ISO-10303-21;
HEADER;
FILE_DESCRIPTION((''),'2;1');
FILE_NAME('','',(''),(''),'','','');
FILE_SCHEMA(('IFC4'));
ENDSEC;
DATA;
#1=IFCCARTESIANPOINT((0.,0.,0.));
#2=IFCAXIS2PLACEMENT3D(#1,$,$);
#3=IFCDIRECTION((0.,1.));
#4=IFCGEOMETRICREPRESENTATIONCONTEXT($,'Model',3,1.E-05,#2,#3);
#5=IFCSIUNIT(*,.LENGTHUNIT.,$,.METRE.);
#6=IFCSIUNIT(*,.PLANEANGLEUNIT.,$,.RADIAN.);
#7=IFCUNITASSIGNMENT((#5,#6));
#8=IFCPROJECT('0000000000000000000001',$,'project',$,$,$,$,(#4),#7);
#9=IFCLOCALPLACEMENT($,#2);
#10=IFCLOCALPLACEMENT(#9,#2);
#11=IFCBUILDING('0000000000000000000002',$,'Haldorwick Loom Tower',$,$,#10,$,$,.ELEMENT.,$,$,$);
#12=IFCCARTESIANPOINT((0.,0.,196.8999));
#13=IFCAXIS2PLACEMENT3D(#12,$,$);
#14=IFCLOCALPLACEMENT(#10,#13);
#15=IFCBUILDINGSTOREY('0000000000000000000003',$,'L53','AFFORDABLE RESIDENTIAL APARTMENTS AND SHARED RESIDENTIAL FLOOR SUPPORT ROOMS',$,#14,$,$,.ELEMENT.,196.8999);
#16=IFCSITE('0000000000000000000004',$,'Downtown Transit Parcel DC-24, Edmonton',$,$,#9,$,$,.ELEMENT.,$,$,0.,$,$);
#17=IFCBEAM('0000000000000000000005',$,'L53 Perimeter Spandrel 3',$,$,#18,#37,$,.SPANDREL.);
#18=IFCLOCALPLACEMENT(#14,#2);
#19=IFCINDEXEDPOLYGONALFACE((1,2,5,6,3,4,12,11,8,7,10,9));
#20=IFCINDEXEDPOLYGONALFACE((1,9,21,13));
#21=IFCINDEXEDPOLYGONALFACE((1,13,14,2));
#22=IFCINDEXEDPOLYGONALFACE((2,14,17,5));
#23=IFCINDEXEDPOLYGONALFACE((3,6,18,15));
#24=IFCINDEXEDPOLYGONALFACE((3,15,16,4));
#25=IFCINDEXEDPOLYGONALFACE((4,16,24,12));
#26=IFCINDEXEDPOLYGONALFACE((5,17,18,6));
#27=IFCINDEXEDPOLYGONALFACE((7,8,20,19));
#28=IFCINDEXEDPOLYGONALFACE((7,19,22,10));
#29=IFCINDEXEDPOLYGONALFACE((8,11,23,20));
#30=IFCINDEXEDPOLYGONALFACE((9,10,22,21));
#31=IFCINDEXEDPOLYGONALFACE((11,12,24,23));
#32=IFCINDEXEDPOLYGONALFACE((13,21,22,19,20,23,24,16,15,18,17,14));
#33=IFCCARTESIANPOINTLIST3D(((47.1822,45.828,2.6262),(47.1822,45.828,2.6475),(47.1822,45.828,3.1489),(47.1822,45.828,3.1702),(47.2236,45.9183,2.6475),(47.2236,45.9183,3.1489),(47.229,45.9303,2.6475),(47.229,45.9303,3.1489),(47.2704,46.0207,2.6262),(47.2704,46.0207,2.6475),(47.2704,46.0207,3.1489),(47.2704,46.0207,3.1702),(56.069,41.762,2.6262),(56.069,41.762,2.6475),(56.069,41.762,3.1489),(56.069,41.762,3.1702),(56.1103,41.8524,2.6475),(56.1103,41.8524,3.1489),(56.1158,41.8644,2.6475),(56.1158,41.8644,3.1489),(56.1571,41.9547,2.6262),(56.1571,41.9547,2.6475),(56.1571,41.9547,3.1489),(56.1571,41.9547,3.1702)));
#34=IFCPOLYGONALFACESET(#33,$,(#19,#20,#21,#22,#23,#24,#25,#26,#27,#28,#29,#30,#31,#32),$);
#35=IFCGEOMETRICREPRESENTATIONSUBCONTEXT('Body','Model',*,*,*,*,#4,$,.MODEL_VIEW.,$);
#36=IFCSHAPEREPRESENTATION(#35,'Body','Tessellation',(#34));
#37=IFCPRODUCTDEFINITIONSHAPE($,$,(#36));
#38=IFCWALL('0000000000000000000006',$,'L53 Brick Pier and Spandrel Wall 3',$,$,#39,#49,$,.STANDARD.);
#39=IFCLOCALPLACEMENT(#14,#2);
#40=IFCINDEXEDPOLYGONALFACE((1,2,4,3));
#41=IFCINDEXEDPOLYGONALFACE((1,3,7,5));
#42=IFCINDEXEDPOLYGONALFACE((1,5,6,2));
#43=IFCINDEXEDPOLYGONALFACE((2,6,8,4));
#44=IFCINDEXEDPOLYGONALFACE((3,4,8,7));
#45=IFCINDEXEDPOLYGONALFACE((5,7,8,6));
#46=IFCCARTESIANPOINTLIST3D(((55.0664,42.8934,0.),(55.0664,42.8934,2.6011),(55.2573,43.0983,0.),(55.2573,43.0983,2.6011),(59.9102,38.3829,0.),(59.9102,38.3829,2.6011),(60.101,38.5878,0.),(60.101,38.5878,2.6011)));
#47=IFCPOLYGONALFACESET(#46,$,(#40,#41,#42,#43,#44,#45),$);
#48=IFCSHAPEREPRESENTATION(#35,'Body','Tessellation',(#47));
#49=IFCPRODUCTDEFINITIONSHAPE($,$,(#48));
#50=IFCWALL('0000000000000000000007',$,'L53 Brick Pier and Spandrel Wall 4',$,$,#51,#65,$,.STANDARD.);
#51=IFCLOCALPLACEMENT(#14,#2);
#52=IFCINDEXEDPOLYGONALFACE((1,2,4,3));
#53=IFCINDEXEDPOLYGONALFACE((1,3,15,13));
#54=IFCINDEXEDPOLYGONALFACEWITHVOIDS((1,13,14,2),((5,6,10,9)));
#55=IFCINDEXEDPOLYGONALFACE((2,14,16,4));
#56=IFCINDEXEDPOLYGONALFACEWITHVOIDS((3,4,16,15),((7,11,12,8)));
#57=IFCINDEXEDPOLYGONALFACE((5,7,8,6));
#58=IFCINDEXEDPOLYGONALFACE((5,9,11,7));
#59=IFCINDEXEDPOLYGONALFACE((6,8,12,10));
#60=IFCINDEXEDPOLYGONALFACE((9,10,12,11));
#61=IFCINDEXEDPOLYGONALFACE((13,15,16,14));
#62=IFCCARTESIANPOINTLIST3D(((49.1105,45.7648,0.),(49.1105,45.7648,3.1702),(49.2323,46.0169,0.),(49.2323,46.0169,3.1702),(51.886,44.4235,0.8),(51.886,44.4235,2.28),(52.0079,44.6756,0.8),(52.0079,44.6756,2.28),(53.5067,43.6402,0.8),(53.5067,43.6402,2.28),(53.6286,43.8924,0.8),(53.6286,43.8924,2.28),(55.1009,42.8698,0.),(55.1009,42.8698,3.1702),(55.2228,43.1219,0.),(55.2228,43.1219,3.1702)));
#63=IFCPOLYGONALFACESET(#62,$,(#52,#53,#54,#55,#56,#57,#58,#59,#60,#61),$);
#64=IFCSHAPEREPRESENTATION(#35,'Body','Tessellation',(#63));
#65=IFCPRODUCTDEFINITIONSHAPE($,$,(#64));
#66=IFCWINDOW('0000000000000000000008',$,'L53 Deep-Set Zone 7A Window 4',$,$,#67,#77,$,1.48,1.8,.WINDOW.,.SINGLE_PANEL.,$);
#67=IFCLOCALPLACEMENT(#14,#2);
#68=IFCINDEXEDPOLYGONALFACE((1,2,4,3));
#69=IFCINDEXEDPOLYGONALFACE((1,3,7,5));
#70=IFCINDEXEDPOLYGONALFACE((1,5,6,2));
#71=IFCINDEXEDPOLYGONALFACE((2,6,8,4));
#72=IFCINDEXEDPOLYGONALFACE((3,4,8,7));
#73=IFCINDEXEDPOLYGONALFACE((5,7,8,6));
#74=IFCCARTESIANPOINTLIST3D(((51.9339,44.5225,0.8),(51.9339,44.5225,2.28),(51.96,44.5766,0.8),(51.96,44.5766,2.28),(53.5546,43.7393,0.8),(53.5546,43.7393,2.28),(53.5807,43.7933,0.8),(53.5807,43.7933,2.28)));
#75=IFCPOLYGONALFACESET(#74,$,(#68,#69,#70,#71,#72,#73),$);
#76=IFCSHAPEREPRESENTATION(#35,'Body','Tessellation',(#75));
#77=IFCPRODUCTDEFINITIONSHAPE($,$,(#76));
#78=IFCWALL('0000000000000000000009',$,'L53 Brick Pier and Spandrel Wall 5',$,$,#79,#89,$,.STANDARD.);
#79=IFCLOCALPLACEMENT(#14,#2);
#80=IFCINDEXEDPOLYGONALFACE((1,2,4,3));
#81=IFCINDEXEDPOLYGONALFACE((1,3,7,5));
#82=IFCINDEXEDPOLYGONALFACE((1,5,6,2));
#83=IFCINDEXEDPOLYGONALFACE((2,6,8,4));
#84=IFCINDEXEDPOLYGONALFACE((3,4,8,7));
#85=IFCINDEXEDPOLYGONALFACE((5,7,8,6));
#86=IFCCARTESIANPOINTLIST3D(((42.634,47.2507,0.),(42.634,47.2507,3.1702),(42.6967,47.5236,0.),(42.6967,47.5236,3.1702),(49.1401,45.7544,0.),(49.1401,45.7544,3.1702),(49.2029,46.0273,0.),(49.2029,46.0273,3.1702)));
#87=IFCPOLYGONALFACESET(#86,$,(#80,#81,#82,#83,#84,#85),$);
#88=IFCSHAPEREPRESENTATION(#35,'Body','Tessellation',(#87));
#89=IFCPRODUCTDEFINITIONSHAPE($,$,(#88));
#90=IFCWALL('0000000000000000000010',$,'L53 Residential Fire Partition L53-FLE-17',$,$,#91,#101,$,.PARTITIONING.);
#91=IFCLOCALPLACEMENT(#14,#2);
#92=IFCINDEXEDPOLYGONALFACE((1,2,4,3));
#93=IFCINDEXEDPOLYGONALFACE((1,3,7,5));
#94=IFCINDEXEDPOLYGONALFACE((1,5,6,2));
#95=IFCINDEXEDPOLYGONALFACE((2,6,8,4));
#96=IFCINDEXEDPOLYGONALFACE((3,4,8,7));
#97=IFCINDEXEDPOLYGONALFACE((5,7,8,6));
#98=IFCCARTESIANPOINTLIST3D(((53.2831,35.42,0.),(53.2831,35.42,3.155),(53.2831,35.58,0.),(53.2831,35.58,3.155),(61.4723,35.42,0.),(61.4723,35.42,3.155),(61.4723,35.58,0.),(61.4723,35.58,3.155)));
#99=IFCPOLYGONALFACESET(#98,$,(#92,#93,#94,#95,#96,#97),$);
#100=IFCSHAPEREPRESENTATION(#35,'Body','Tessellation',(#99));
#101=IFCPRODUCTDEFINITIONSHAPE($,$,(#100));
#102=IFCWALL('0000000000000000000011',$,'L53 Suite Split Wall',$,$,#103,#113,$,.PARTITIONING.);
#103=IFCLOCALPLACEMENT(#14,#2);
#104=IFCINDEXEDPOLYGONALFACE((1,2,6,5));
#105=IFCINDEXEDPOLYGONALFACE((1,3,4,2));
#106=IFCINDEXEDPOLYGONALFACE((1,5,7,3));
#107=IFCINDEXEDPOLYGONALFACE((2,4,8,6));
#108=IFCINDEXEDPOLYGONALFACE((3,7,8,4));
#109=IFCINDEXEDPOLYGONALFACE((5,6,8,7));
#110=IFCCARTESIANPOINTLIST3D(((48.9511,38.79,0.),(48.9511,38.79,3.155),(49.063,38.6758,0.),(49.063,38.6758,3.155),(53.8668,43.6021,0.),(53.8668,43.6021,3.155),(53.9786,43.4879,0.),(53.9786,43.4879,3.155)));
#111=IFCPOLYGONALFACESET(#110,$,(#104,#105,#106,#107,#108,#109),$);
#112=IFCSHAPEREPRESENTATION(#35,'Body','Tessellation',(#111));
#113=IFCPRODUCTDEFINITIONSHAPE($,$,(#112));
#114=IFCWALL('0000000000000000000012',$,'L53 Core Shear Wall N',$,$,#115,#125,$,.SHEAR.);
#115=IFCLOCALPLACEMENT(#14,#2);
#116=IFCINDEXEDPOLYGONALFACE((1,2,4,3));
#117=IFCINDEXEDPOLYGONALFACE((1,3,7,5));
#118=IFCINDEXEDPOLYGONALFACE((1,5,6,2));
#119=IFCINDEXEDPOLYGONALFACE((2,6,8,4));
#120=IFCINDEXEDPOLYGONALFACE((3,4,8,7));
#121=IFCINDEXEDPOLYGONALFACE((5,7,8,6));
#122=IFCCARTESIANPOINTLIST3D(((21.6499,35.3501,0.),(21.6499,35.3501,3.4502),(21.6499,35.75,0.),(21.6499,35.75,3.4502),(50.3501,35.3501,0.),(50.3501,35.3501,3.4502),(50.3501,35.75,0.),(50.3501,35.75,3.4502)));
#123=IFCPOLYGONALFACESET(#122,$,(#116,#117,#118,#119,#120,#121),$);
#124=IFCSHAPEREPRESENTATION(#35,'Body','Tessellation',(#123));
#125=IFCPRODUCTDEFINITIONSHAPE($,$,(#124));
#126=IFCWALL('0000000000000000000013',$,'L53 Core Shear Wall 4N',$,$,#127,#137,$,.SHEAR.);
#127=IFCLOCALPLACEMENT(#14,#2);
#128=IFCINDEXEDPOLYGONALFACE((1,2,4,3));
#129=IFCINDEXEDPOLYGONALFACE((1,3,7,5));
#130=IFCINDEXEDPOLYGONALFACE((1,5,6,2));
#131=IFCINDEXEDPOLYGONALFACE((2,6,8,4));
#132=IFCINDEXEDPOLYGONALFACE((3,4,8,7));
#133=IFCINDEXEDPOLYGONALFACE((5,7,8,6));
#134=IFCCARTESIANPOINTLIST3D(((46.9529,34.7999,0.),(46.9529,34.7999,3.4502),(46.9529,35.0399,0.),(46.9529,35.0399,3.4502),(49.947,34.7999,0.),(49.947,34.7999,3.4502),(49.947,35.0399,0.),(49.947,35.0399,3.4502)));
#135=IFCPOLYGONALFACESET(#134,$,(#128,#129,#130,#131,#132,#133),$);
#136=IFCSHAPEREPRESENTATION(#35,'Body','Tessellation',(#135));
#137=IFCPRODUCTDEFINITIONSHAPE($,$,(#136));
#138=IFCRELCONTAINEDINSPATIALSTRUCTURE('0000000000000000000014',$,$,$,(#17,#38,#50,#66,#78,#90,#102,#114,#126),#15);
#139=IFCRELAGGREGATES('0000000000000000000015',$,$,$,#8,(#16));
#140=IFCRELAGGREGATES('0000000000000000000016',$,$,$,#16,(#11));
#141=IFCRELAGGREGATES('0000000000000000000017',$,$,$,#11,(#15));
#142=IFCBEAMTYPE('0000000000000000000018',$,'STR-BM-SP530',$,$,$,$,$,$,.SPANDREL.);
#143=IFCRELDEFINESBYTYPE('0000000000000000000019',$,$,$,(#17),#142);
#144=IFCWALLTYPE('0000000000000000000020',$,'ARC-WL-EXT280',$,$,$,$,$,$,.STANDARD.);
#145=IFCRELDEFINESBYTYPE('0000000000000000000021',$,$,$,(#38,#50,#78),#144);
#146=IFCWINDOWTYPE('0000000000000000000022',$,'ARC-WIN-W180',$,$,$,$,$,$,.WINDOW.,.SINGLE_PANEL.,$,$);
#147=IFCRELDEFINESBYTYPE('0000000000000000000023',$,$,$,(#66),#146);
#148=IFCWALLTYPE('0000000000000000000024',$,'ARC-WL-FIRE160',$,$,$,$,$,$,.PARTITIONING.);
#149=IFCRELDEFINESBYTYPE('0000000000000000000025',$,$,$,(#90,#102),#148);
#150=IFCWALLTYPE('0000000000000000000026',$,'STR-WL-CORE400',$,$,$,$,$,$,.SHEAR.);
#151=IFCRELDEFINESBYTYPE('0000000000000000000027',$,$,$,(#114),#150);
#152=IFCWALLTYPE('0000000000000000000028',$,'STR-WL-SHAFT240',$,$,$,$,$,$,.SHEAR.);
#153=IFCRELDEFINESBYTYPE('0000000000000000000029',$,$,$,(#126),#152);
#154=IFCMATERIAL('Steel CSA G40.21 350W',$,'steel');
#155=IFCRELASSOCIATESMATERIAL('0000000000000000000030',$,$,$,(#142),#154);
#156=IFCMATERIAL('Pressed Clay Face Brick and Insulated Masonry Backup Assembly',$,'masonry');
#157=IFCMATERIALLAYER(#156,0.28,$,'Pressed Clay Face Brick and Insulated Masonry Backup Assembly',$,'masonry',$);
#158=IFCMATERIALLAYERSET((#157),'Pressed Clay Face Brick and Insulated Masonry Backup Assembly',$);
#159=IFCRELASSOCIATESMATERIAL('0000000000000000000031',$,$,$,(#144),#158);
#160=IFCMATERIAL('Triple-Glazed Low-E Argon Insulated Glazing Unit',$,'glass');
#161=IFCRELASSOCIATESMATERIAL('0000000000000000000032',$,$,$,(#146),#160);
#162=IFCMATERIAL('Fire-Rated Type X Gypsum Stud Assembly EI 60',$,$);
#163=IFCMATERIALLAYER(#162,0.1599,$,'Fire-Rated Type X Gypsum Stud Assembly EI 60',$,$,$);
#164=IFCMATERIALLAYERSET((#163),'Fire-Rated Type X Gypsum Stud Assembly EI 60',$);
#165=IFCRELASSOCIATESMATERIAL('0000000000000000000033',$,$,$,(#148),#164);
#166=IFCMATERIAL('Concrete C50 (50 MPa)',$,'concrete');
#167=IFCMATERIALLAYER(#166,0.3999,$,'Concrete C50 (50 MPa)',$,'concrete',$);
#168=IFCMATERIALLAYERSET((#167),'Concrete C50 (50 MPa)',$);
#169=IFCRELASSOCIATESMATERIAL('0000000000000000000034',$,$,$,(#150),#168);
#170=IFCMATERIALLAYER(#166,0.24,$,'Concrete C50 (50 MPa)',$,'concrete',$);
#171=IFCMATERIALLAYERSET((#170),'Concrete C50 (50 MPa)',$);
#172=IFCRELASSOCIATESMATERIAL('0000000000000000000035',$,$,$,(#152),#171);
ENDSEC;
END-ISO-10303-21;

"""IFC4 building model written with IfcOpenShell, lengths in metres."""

from ifc_helpers import new_model, si_unit, direction, frame, frame_2d, origin, origin_2d, place, context, subcontext, project, spatial, rectangle, i_section, extrude, material, layer, layer_set, material_profile, profile_set, type_object, element, fill, save


model = new_model("IFC4")

# Units and contexts
model_context = context("Model", 3, precision=1e-05, world=origin(), true_north=direction((0.0, 1.0)))
body_context = subcontext(model_context, "Body", "Model", "MODEL_VIEW")
ifc_project = project(units=[si_unit("LENGTHUNIT", "METRE"), si_unit("PLANEANGLEUNIT", "RADIAN")], contexts=[model_context])

# Site, building, storey
site_placement = place(None, origin())
site = spatial("IfcSite", under=ifc_project, at=site_placement, Name="Downtown Transit Parcel DC-24, Edmonton", CompositionType="ELEMENT", RefElevation=0.0)
building_placement = place(site_placement, origin())
building = spatial("IfcBuilding", under=site, at=building_placement, Name="Haldorwick Loom Tower", CompositionType="ELEMENT")
storey_placement = place(building_placement, frame((0.0, 0.0, 196.8999)))
storey = spatial("IfcBuildingStorey", under=building, at=storey_placement, Name="L53", Description="AFFORDABLE RESIDENTIAL APARTMENTS AND SHARED RESIDENTIAL FLOOR SUPPORT ROOMS", CompositionType="ELEMENT", Elevation=196.8999)

# Shared definitions
ifc_material_1 = material(Name="Steel CSA G40.21 350W", Category="steel")

# Beam
ifc_material_profile_1 = material_profile(ifc_material_1, i_section(OverallWidth=0.2119, OverallDepth=0.5439, WebThickness=0.0132, FlangeThickness=0.0212, at=origin_2d()), Name="W530X123", Category="steel")
ifc_profile_set_1 = profile_set([ifc_material_profile_1], Name="Steel CSA G40.21 350W")
beam_type_1 = type_object("IfcBeamType", Name="STR-BM-SP530", PredefinedType="SPANDREL", material=ifc_profile_set_1)
beam_1_placement = place(storey_placement, frame((56.113, 41.8584, 2.8982), z_axis=(-0.909342, 0.416049, 0.0), x_axis=(-0.416049, -0.909342, 0.0)))
element("IfcBeam", 1, at=beam_1_placement, inside=storey, type_object=beam_type_1, Name="L53 Perimeter Spandrel 3", PredefinedType="SPANDREL", context=body_context, shape_type="SweptSolid", body=[
    extrude(i_section(OverallWidth=0.2119, OverallDepth=0.5439, WebThickness=0.0132, FlangeThickness=0.0212, at=origin_2d()), origin(), (0.0, 0.0, 1.0), 9.7727),
])

# Wall
ifc_material_2 = material(Name="Pressed Clay Face Brick and Insulated Masonry Backup Assembly", Category="masonry")
ifc_layer_1 = layer(ifc_material_2, 0.28, Name="Pressed Clay Face Brick and Insulated Masonry Backup Assembly", Category="masonry")
ifc_layer_set_1 = layer_set([ifc_layer_1], Name="Pressed Clay Face Brick and Insulated Masonry Backup Assembly")
wall_type_1 = type_object("IfcWallType", Name="ARC-WL-EXT280", PredefinedType="STANDARD", material=ifc_layer_set_1)
wall_1_placement = place(storey_placement, frame((60.0056, 38.4854, 0.0), z_axis=(0.0, 0.0, 1.0), x_axis=(-0.731834, 0.681483, 0.0)))
element("IfcWall", 2, at=wall_1_placement, inside=storey, type_object=wall_type_1, Name="L53 Brick Pier and Spandrel Wall 3", PredefinedType="STANDARD", context=body_context, shape_type="SweptSolid", body=[
    extrude(rectangle(XDim=6.6187, YDim=0.28, at=frame_2d((3.3093, 0.0))), origin(), (0.0, 0.0, 1.0), 2.6011),
])

# Wall, opening, window
wall_2_placement = place(storey_placement, frame((55.1619, 42.9958, 0.0), z_axis=(0.0, 0.0, 1.0), x_axis=(-0.900371, 0.435123, 0.0)))
wall_2 = element("IfcWall", 3, at=wall_2_placement, inside=storey, type_object=wall_type_1, Name="L53 Brick Pier and Spandrel Wall 4", PredefinedType="STANDARD", context=body_context, shape_type="SweptSolid", body=[
    extrude(rectangle(XDim=6.6533, YDim=0.28, at=frame_2d((3.3267, 0.0))), origin(), (0.0, 0.0, 1.0), 3.1702),
])
opening_placement = place(wall_2_placement, frame((1.7708, 0.0, 0.8)))
opening = element("IfcOpeningElement", 4, at=opening_placement, cuts=wall_2, PredefinedType="OPENING", context=body_context, shape_type="SweptSolid", body=[
    extrude(rectangle(XDim=1.8, YDim=1.48, at=frame_2d((0.8999, 0.74))), frame((0.0, 0.1499, 0.0), z_axis=(0.0, -1.0, 0.0), x_axis=(1.0, 0.0, 0.0)), (0.0, 0.0, 1.0), 0.3),
])
ifc_material_3 = material(Name="Triple-Glazed Low-E Argon Insulated Glazing Unit", Category="glass")
window_type = type_object("IfcWindowType", Name="ARC-WIN-W180", PartitioningType="SINGLE_PANEL", PredefinedType="WINDOW", material=ifc_material_3)
window_placement = place(opening_placement, origin())
window = element("IfcWindow", 5, at=window_placement, inside=storey, type_object=window_type, Name="L53 Deep-Set Zone 7A Window 4", OverallHeight=1.48, OverallWidth=1.8, PartitioningType="SINGLE_PANEL", PredefinedType="WINDOW", context=body_context, shape_type="SweptSolid", body=[
    extrude(rectangle(XDim=1.8, YDim=1.48, at=frame_2d((0.8999, 0.74))), frame((0.0, 0.03, 0.0), z_axis=(0.0, -1.0, 0.0), x_axis=(1.0, 0.0, 0.0)), (0.0, 0.0, 1.0), 0.0601),
])
fill(opening, window)

# Walls
wall_3_placement = place(storey_placement, frame((49.1714, 45.8909, 0.0), z_axis=(0.0, 0.0, 1.0), x_axis=(-0.974557, 0.224138, 0.0)))
element("IfcWall", 6, at=wall_3_placement, inside=storey, type_object=wall_type_1, Name="L53 Brick Pier and Spandrel Wall 5", PredefinedType="STANDARD", context=body_context, shape_type="SweptSolid", body=[
    extrude(rectangle(XDim=6.676, YDim=0.28, at=frame_2d((3.3379, 0.0))), origin(), (0.0, 0.0, 1.0), 3.1702),
])
ifc_material_4 = material(Name="Fire-Rated Type X Gypsum Stud Assembly EI 60")
ifc_layer_2 = layer(ifc_material_4, 0.1599, Name="Fire-Rated Type X Gypsum Stud Assembly EI 60")
ifc_layer_set_2 = layer_set([ifc_layer_2], Name="Fire-Rated Type X Gypsum Stud Assembly EI 60")
wall_type_2 = type_object("IfcWallType", Name="ARC-WL-FIRE160", PredefinedType="PARTITIONING", material=ifc_layer_set_2)
wall_4_placement = place(storey_placement, frame((53.283, 35.5, 0.0), z_axis=(0.0, 0.0, 1.0), x_axis=(1.0, 0.0, 0.0)))
element("IfcWall", 7, at=wall_4_placement, inside=storey, type_object=wall_type_2, Name="L53 Residential Fire Partition L53-FLE-17", PredefinedType="PARTITIONING", context=body_context, shape_type="SweptSolid", body=[
    extrude(rectangle(XDim=8.1892, YDim=0.1599, at=frame_2d((4.0947, 0.0))), origin(), (0.0, 0.0, 1.0), 3.155),
])
wall_5_placement = place(storey_placement, frame((49.0071, 38.7329, 0.0), z_axis=(0.0, 0.0, 1.0), x_axis=(0.714591, 0.699542, 0.0)))
element("IfcWall", 8, at=wall_5_placement, inside=storey, type_object=wall_type_2, Name="L53 Suite Split Wall", PredefinedType="PARTITIONING", context=body_context, shape_type="SweptSolid", body=[
    extrude(rectangle(XDim=6.8789, YDim=0.1599, at=frame_2d((3.4395, 0.0))), origin(), (0.0, 0.0, 1.0), 3.155),
])
ifc_material_5 = material(Name="Concrete C50 (50 MPa)", Category="concrete")
ifc_layer_3 = layer(ifc_material_5, 0.3999, Name="Concrete C50 (50 MPa)", Category="concrete")
ifc_layer_set_3 = layer_set([ifc_layer_3], Name="Concrete C50 (50 MPa)")
wall_type_3 = type_object("IfcWallType", Name="STR-WL-CORE400", PredefinedType="SHEAR", material=ifc_layer_set_3)
wall_6_placement = place(storey_placement, frame((50.3501, 35.55, 0.0), z_axis=(0.0, 0.0, 1.0), x_axis=(-1.0, 0.0, 0.0)))
element("IfcWall", 9, at=wall_6_placement, inside=storey, type_object=wall_type_3, Name="L53 Core Shear Wall N", PredefinedType="SHEAR", context=body_context, shape_type="SweptSolid", body=[
    extrude(rectangle(XDim=28.7002, YDim=0.3999, at=frame_2d((14.3501, 0.0))), origin(), (0.0, 0.0, 1.0), 3.4502),
])
ifc_layer_4 = layer(ifc_material_5, 0.24, Name="Concrete C50 (50 MPa)", Category="concrete")
ifc_layer_set_4 = layer_set([ifc_layer_4], Name="Concrete C50 (50 MPa)")
wall_type_4 = type_object("IfcWallType", Name="STR-WL-SHAFT240", PredefinedType="SHEAR", material=ifc_layer_set_4)
wall_7_placement = place(storey_placement, frame((46.9529, 34.9199, 0.0), z_axis=(0.0, 0.0, 1.0), x_axis=(1.0, 0.0, 0.0)))
element("IfcWall", 10, at=wall_7_placement, inside=storey, type_object=wall_type_4, Name="L53 Core Shear Wall 4N", PredefinedType="SHEAR", context=body_context, shape_type="SweptSolid", body=[
    extrude(rectangle(XDim=2.9941, YDim=0.24, at=frame_2d((1.4971, 0.0))), origin(), (0.0, 0.0, 1.0), 3.4502),
])

save(model, "model.ifc")
